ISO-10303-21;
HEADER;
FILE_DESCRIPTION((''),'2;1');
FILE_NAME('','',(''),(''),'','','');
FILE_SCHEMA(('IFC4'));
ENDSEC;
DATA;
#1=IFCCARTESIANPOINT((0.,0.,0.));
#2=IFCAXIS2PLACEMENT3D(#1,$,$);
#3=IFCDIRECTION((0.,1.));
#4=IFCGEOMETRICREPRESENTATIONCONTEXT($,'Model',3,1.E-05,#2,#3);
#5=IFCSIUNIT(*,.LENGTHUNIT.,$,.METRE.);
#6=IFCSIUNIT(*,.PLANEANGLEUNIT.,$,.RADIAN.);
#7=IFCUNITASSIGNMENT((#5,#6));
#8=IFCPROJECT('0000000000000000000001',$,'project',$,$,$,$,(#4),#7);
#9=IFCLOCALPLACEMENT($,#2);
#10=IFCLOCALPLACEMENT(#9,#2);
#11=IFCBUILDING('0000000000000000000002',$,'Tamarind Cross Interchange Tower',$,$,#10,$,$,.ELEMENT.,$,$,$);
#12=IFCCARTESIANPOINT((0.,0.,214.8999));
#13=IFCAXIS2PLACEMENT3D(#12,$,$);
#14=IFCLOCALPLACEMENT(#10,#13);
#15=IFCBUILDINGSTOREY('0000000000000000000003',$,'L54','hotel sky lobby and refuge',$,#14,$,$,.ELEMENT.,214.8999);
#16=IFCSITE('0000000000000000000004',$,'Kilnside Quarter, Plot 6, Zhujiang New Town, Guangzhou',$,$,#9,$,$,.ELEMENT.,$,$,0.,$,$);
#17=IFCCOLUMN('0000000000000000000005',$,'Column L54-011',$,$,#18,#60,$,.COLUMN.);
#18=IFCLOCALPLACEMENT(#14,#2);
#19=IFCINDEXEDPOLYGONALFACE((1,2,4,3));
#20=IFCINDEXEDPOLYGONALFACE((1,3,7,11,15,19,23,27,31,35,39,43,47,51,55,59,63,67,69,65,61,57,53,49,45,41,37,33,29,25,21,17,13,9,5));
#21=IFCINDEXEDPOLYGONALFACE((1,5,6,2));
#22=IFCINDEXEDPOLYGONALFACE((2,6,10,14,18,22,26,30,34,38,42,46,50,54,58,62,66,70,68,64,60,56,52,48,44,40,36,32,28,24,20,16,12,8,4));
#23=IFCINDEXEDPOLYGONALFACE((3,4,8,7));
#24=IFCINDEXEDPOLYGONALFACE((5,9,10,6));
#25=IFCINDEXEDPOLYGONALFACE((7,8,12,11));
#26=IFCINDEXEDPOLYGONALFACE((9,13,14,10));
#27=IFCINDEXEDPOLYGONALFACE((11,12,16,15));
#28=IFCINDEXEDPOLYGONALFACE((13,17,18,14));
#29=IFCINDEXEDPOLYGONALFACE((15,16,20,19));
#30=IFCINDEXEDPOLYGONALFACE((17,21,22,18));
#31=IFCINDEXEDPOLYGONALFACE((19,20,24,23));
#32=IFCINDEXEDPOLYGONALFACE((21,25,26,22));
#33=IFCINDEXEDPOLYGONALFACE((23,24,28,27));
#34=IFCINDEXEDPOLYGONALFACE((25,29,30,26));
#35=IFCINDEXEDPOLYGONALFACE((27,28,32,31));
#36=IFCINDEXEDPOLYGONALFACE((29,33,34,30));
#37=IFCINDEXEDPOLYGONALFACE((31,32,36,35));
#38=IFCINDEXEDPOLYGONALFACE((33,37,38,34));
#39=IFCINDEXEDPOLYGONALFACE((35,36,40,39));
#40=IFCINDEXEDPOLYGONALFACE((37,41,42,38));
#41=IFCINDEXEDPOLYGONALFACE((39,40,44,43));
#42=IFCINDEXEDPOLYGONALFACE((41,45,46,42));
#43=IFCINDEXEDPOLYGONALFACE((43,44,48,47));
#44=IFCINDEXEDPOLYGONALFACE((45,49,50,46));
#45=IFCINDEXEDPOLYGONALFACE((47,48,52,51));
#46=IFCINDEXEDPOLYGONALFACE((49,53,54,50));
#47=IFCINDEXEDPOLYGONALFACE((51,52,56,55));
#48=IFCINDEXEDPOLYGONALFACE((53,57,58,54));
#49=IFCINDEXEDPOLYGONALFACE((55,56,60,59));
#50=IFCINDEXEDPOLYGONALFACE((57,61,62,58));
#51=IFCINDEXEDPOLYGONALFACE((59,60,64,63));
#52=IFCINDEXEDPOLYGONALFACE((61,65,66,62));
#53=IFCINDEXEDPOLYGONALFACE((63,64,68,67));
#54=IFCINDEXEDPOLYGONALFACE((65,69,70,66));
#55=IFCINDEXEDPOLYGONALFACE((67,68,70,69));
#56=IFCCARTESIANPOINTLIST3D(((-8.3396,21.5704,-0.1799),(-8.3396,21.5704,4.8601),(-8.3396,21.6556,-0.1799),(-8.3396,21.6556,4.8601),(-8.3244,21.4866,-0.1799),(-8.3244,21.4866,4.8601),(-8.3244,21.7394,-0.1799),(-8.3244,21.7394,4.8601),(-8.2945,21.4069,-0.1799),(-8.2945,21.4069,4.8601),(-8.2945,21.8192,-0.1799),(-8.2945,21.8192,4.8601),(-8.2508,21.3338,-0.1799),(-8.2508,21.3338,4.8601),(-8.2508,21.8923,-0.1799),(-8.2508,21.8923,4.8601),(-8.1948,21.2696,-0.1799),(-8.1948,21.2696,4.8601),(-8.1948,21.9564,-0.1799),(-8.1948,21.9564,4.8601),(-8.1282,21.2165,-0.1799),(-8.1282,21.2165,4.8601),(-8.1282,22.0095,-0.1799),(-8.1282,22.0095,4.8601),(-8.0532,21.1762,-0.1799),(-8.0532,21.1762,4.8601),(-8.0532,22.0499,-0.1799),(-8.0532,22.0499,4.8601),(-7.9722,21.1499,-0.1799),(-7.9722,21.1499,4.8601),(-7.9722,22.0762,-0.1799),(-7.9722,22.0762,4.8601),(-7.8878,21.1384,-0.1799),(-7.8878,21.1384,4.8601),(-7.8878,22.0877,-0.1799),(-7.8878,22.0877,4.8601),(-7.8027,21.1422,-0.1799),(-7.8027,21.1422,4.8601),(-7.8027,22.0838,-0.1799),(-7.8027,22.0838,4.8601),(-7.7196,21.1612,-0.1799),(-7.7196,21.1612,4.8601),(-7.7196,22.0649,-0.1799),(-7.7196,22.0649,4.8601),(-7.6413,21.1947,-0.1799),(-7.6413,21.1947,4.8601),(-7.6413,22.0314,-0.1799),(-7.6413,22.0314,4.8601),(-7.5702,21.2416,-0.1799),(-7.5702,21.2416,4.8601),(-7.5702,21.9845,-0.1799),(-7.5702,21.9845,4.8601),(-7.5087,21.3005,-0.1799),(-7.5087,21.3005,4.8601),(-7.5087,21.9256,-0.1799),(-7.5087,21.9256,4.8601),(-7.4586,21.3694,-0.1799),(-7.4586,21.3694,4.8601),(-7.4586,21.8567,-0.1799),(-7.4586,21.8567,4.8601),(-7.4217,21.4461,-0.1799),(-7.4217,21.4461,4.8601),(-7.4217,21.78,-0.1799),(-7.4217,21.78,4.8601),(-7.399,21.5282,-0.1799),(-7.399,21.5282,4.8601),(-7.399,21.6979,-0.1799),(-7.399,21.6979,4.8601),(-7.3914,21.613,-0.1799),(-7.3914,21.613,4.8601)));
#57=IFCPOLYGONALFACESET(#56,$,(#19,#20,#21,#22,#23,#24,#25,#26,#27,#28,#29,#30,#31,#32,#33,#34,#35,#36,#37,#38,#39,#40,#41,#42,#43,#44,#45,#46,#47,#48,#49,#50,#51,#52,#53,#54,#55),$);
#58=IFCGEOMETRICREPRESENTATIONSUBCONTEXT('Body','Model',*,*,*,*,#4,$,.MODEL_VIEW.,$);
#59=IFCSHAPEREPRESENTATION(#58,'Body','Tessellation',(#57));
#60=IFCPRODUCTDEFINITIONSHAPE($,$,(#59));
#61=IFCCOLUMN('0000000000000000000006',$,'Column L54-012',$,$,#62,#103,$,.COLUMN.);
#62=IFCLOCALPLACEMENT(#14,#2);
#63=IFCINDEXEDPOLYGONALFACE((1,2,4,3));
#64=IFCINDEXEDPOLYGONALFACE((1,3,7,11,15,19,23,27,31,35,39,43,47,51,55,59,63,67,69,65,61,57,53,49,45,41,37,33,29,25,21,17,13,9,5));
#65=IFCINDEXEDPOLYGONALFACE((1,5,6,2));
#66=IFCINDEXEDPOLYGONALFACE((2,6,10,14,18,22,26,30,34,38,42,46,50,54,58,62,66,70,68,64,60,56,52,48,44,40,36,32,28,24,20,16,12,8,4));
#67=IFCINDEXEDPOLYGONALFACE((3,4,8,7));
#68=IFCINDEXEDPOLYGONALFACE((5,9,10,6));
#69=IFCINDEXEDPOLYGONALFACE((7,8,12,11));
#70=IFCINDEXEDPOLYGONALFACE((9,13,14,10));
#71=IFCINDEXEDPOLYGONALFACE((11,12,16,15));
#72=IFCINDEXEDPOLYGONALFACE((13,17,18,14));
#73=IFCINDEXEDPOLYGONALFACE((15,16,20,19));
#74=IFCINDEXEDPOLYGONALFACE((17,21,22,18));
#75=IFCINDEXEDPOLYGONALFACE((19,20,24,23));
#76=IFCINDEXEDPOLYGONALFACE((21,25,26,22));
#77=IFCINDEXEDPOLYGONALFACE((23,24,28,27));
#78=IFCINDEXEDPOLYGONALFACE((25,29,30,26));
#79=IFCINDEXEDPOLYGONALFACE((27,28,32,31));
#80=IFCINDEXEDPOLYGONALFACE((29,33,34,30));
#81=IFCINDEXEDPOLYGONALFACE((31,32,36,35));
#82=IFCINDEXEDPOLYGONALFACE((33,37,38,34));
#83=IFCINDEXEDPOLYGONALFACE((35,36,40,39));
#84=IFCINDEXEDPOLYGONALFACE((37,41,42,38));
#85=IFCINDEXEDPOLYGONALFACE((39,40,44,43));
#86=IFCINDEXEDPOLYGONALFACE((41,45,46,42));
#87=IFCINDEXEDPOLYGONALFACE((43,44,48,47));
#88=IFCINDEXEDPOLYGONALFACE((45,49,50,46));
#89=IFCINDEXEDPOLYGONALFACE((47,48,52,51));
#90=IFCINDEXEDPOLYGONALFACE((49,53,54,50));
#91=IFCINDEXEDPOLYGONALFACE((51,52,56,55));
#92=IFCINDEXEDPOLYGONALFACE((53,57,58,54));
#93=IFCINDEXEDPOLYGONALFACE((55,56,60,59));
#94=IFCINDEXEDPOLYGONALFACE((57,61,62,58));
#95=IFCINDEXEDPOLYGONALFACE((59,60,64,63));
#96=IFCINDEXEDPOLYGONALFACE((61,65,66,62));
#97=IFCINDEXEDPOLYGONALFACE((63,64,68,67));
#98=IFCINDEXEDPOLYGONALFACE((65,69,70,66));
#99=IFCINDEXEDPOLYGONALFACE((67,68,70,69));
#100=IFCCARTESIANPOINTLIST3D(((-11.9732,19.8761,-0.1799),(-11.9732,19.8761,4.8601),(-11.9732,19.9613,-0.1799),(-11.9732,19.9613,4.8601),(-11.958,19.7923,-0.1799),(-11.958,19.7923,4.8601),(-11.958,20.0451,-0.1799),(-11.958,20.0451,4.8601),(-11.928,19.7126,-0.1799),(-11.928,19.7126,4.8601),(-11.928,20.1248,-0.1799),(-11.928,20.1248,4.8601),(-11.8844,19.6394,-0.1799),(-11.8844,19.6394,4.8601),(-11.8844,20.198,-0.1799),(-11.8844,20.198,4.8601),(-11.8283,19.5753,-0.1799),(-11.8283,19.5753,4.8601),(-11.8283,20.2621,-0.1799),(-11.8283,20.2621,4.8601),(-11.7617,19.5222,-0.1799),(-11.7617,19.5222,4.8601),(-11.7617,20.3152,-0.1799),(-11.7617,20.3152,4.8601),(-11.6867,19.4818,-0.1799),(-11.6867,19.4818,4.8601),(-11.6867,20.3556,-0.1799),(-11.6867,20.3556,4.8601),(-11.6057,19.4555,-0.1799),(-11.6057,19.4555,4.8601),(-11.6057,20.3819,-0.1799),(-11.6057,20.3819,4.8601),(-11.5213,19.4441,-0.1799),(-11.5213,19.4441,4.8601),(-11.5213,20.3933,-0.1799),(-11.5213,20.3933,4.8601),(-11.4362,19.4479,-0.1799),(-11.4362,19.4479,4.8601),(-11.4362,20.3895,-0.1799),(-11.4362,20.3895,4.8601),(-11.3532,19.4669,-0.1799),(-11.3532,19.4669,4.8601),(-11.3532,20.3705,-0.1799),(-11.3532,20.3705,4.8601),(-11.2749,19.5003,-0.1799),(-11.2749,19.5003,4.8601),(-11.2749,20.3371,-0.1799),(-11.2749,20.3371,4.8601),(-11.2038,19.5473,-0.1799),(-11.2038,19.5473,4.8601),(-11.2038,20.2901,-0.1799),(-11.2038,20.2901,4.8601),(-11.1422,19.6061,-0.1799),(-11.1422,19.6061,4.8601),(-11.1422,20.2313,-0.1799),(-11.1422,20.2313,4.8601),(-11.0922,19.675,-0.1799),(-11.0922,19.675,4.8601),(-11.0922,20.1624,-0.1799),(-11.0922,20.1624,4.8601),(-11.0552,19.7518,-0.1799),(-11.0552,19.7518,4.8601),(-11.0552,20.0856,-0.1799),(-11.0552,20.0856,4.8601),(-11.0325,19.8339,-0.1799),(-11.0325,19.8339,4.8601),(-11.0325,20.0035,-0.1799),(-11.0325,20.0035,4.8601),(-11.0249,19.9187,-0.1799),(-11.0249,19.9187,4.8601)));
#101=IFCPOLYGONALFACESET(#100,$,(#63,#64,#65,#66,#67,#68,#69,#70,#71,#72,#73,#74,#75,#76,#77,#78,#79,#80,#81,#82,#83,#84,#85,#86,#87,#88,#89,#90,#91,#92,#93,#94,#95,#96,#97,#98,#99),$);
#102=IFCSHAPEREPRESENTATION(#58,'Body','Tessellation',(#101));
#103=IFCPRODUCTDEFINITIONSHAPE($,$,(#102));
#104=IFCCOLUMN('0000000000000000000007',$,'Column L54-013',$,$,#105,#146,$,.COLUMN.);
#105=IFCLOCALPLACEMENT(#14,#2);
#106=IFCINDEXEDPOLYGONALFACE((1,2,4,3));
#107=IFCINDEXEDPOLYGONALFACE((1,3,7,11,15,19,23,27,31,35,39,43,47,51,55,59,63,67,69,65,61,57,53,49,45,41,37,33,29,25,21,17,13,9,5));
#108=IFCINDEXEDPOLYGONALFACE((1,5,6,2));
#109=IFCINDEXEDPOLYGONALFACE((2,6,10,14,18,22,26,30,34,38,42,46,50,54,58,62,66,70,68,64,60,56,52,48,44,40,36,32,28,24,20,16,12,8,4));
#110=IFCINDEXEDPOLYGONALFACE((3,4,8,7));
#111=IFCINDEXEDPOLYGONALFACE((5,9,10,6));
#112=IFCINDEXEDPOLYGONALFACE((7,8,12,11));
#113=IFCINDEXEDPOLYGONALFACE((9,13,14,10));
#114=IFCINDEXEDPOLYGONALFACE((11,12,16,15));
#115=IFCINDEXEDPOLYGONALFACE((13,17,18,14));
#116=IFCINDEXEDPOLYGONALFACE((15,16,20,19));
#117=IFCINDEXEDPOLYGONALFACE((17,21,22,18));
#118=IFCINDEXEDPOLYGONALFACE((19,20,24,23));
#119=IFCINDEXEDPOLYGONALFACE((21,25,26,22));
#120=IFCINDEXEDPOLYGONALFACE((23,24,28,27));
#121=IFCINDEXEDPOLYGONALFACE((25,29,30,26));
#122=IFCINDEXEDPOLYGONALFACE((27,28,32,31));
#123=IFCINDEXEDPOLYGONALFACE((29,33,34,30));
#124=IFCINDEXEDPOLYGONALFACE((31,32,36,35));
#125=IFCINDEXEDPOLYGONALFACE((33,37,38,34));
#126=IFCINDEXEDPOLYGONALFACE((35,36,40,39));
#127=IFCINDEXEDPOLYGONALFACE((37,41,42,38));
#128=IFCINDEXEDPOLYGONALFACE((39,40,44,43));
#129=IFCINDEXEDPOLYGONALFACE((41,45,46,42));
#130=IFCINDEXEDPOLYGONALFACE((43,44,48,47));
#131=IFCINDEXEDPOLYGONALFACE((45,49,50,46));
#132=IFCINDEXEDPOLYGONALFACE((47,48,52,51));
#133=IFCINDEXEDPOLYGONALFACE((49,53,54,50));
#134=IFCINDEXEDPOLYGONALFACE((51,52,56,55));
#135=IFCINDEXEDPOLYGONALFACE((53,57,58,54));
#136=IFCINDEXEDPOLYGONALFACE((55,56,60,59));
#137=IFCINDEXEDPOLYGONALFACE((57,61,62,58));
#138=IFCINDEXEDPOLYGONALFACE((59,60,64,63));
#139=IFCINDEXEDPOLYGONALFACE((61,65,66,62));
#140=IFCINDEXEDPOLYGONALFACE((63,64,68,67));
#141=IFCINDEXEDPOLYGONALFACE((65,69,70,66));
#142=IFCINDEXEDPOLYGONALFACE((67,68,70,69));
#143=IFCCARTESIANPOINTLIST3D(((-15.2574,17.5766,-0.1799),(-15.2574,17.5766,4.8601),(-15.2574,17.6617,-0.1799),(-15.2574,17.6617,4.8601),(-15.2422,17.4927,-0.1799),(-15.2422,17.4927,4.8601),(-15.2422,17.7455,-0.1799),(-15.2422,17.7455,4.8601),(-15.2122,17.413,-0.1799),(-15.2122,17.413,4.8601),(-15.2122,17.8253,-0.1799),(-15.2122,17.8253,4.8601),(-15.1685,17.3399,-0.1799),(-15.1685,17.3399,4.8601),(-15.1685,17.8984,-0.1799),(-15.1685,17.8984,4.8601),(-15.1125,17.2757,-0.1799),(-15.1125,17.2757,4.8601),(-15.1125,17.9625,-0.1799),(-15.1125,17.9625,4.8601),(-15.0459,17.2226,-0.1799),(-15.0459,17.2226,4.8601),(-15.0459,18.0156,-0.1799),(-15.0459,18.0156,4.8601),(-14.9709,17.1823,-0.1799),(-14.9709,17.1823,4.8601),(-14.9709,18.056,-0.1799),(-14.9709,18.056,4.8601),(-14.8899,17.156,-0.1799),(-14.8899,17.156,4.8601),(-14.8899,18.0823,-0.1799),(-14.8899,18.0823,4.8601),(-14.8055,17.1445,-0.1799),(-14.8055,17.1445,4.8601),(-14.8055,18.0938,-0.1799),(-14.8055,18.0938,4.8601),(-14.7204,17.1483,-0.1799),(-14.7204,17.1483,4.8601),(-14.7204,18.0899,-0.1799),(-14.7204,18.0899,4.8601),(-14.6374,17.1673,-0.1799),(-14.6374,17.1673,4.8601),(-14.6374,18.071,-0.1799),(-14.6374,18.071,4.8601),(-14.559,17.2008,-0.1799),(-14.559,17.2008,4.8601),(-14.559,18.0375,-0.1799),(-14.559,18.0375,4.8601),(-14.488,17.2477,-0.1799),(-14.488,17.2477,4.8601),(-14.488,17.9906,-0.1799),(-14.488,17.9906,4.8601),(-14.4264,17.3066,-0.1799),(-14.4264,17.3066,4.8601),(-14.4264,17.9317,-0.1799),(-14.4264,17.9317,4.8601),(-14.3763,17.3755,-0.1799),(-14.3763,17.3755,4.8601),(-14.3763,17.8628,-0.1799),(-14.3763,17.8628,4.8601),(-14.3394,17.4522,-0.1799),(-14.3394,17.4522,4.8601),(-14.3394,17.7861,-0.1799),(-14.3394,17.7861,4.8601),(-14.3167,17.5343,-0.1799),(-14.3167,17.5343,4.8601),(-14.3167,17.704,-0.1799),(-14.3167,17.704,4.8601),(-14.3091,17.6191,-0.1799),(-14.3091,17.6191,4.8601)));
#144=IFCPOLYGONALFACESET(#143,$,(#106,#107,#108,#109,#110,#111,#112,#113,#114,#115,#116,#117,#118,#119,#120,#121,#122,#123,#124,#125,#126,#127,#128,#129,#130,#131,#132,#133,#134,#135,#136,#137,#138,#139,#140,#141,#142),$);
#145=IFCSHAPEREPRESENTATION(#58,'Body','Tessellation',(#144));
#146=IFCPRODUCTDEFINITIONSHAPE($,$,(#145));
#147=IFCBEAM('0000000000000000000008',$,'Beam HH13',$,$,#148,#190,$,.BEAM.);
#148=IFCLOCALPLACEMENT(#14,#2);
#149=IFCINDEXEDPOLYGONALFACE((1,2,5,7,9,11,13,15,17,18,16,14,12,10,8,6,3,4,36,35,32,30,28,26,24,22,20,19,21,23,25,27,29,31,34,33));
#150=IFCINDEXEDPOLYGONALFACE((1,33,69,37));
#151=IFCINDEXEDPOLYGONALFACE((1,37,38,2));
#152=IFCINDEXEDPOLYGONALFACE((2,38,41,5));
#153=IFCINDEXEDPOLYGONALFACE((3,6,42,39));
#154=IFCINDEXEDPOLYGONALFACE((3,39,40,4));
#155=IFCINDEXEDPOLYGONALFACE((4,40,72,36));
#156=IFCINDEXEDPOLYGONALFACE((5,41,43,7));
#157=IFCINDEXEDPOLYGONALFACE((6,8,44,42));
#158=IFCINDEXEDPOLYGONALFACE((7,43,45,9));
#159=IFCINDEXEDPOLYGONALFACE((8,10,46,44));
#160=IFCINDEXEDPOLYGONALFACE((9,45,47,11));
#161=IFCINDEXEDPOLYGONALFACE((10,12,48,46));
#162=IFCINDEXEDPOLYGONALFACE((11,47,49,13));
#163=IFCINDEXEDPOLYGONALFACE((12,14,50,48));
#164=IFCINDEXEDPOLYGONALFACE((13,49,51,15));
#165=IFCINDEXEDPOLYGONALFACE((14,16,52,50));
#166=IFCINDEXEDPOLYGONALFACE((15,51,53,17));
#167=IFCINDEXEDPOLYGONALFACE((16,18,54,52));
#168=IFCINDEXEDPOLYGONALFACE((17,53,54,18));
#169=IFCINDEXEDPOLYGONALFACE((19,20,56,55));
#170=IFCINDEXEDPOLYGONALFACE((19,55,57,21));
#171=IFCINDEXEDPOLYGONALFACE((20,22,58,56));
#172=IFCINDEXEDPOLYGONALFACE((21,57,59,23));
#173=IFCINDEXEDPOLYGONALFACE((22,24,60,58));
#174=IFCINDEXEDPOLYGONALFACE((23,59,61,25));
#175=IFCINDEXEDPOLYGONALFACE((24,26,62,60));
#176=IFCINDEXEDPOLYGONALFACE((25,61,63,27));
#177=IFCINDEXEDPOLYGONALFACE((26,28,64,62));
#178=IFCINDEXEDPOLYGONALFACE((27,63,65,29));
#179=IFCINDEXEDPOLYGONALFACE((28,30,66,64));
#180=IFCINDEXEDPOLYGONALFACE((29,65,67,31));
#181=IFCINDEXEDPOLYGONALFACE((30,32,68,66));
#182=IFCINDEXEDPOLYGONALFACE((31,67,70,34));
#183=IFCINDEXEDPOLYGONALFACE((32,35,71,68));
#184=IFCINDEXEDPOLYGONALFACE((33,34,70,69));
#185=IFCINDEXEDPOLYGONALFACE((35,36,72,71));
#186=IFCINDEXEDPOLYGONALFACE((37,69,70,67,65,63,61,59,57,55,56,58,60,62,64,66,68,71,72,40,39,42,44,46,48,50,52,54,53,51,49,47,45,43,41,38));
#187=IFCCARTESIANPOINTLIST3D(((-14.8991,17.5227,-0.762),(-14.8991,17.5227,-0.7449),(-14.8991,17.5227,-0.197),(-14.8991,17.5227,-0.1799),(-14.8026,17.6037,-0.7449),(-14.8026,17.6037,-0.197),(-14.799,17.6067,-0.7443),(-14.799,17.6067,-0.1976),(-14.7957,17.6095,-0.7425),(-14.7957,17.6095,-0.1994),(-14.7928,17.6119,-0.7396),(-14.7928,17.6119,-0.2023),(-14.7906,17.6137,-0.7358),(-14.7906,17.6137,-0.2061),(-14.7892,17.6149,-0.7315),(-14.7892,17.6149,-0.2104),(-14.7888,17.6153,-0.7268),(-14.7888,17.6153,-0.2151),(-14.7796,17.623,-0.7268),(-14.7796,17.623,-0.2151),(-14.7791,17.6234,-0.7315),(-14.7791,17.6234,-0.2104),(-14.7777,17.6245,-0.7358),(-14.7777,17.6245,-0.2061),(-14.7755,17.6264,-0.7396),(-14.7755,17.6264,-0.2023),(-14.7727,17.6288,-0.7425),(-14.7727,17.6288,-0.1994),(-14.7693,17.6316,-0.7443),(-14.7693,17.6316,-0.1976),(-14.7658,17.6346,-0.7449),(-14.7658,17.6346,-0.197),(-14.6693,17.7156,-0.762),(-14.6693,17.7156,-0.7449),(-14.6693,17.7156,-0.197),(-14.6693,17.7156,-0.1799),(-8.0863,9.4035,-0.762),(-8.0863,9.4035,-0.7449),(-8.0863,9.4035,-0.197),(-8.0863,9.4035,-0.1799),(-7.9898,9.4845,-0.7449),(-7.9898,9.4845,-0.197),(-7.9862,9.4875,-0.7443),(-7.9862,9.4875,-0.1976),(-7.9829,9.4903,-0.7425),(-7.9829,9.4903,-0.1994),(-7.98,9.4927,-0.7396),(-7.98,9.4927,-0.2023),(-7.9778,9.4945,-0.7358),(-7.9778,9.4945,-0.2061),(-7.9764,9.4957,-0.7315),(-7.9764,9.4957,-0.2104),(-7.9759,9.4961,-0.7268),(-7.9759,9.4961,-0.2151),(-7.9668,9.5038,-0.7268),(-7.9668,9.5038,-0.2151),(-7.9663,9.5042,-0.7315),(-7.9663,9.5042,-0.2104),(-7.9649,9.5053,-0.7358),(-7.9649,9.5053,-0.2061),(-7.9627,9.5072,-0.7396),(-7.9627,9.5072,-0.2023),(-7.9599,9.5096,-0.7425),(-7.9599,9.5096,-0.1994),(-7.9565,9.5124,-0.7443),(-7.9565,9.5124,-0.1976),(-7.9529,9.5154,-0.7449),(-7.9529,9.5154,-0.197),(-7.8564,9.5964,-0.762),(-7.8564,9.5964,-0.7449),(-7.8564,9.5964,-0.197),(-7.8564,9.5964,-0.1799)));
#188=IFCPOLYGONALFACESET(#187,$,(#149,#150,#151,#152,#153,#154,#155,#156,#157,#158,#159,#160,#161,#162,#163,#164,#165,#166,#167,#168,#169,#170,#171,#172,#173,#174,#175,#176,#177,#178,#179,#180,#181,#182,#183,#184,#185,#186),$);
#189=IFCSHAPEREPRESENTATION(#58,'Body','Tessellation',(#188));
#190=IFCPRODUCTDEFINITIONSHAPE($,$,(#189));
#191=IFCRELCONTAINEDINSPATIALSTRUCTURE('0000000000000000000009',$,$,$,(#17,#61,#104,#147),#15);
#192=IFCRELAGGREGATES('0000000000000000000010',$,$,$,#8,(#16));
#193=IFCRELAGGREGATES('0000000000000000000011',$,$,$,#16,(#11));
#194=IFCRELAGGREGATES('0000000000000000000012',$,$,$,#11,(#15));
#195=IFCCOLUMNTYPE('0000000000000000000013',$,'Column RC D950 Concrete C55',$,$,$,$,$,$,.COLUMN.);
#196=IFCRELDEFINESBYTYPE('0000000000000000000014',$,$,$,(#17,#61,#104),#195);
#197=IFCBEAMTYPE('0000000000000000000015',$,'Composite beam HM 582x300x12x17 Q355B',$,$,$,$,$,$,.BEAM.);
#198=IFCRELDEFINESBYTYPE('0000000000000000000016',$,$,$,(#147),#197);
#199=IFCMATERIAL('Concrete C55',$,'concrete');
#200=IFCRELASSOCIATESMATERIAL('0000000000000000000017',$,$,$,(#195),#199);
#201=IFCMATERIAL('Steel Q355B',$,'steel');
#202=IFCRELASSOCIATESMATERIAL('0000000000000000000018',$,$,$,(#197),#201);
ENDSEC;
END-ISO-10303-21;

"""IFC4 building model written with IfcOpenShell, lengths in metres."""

from ifc_helpers import new_model, si_unit, direction, frame, origin, origin_2d, place, context, subcontext, project, spatial, circle, i_section, extrude, material, material_profile, profile_set, type_object, element, save


model = new_model("IFC4")

# Units and contexts
model_context = context("Model", 3, precision=1e-05, world=origin(), true_north=direction((0.0, 1.0)))
body_context = subcontext(model_context, "Body", "Model", "MODEL_VIEW")
ifc_project = project(units=[si_unit("LENGTHUNIT", "METRE"), si_unit("PLANEANGLEUNIT", "RADIAN")], contexts=[model_context])

# Site, building, storey
site_placement = place(None, origin())
site = spatial("IfcSite", under=ifc_project, at=site_placement, Name="Kilnside Quarter, Plot 6, Zhujiang New Town, Guangzhou", CompositionType="ELEMENT", RefElevation=0.0)
building_placement = place(site_placement, origin())
building = spatial("IfcBuilding", under=site, at=building_placement, Name="Tamarind Cross Interchange Tower", CompositionType="ELEMENT")
storey_placement = place(building_placement, frame((0.0, 0.0, 214.8999)))
storey = spatial("IfcBuildingStorey", under=building, at=storey_placement, Name="L54", Description="hotel sky lobby and refuge", CompositionType="ELEMENT", Elevation=214.8999)

# Columns
ifc_material_1 = material(Name="Concrete C55", Category="concrete")
ifc_material_profile_1 = material_profile(ifc_material_1, circle(Radius=0.4751, at=origin_2d()), Name="RC D950")
ifc_profile_set_1 = profile_set([ifc_material_profile_1], Name="Concrete C55")
column_type = type_object("IfcColumnType", Name="Column RC D950 Concrete C55", PredefinedType="COLUMN", material=ifc_profile_set_1)
for number, where, z_axis, x_axis, name in (
    (1, (-7.8665, 21.613, -0.1799), (0.0, 0.0, 1.0), (1.0, 0.0, 0.0), "Column L54-011"),
    (2, (-11.5, 19.9187, -0.1799), (0.0, 0.0, 1.0), (1.0, 0.0, 0.0), "Column L54-012"),
    (3, (-14.7842, 17.6191, -0.1799), (0.0, 0.0, 1.0), (1.0, 0.0, 0.0), "Column L54-013"),
):
    element("IfcColumn", number, at=place(storey_placement, frame(where, z_axis=z_axis, x_axis=x_axis)), inside=storey, type_object=column_type, Name=name, PredefinedType="COLUMN", context=body_context, shape_type="SweptSolid", body=[
        extrude(circle(Radius=0.4751, at=origin_2d()), origin(), (0.0, 0.0, 1.0), 5.04),
    ])

# Beam
ifc_material_2 = material(Name="Steel Q355B", Category="steel")
ifc_material_profile_2 = material_profile(ifc_material_2, i_section(OverallWidth=0.3, OverallDepth=0.582, WebThickness=0.012, FlangeThickness=0.0171, FilletRadius=0.0181, at=origin_2d()), Name="HM 582x300x12x17")
ifc_profile_set_2 = profile_set([ifc_material_profile_2], Name="Steel Q355B")
beam_type_1 = type_object("IfcBeamType", Name="Composite beam HM 582x300x12x17 Q355B", PredefinedType="BEAM", material=ifc_profile_set_2)
beam_placement = place(storey_placement, frame((-14.7842, 17.6191, -0.4709), z_axis=(0.642786, -0.766046, 0.0), x_axis=(0.766046, 0.642786, 0.0)))
element("IfcBeam", 4, at=beam_placement, inside=storey, type_object=beam_type_1, Name="Beam HH13", PredefinedType="BEAM", context=body_context, shape_type="SweptSolid", body=[
    extrude(i_section(OverallWidth=0.3, OverallDepth=0.582, WebThickness=0.012, FlangeThickness=0.0171, FilletRadius=0.0181, at=origin_2d()), origin(), (0.0, 0.0, 1.0), 10.5989),
])

save(model, "model.ifc")
